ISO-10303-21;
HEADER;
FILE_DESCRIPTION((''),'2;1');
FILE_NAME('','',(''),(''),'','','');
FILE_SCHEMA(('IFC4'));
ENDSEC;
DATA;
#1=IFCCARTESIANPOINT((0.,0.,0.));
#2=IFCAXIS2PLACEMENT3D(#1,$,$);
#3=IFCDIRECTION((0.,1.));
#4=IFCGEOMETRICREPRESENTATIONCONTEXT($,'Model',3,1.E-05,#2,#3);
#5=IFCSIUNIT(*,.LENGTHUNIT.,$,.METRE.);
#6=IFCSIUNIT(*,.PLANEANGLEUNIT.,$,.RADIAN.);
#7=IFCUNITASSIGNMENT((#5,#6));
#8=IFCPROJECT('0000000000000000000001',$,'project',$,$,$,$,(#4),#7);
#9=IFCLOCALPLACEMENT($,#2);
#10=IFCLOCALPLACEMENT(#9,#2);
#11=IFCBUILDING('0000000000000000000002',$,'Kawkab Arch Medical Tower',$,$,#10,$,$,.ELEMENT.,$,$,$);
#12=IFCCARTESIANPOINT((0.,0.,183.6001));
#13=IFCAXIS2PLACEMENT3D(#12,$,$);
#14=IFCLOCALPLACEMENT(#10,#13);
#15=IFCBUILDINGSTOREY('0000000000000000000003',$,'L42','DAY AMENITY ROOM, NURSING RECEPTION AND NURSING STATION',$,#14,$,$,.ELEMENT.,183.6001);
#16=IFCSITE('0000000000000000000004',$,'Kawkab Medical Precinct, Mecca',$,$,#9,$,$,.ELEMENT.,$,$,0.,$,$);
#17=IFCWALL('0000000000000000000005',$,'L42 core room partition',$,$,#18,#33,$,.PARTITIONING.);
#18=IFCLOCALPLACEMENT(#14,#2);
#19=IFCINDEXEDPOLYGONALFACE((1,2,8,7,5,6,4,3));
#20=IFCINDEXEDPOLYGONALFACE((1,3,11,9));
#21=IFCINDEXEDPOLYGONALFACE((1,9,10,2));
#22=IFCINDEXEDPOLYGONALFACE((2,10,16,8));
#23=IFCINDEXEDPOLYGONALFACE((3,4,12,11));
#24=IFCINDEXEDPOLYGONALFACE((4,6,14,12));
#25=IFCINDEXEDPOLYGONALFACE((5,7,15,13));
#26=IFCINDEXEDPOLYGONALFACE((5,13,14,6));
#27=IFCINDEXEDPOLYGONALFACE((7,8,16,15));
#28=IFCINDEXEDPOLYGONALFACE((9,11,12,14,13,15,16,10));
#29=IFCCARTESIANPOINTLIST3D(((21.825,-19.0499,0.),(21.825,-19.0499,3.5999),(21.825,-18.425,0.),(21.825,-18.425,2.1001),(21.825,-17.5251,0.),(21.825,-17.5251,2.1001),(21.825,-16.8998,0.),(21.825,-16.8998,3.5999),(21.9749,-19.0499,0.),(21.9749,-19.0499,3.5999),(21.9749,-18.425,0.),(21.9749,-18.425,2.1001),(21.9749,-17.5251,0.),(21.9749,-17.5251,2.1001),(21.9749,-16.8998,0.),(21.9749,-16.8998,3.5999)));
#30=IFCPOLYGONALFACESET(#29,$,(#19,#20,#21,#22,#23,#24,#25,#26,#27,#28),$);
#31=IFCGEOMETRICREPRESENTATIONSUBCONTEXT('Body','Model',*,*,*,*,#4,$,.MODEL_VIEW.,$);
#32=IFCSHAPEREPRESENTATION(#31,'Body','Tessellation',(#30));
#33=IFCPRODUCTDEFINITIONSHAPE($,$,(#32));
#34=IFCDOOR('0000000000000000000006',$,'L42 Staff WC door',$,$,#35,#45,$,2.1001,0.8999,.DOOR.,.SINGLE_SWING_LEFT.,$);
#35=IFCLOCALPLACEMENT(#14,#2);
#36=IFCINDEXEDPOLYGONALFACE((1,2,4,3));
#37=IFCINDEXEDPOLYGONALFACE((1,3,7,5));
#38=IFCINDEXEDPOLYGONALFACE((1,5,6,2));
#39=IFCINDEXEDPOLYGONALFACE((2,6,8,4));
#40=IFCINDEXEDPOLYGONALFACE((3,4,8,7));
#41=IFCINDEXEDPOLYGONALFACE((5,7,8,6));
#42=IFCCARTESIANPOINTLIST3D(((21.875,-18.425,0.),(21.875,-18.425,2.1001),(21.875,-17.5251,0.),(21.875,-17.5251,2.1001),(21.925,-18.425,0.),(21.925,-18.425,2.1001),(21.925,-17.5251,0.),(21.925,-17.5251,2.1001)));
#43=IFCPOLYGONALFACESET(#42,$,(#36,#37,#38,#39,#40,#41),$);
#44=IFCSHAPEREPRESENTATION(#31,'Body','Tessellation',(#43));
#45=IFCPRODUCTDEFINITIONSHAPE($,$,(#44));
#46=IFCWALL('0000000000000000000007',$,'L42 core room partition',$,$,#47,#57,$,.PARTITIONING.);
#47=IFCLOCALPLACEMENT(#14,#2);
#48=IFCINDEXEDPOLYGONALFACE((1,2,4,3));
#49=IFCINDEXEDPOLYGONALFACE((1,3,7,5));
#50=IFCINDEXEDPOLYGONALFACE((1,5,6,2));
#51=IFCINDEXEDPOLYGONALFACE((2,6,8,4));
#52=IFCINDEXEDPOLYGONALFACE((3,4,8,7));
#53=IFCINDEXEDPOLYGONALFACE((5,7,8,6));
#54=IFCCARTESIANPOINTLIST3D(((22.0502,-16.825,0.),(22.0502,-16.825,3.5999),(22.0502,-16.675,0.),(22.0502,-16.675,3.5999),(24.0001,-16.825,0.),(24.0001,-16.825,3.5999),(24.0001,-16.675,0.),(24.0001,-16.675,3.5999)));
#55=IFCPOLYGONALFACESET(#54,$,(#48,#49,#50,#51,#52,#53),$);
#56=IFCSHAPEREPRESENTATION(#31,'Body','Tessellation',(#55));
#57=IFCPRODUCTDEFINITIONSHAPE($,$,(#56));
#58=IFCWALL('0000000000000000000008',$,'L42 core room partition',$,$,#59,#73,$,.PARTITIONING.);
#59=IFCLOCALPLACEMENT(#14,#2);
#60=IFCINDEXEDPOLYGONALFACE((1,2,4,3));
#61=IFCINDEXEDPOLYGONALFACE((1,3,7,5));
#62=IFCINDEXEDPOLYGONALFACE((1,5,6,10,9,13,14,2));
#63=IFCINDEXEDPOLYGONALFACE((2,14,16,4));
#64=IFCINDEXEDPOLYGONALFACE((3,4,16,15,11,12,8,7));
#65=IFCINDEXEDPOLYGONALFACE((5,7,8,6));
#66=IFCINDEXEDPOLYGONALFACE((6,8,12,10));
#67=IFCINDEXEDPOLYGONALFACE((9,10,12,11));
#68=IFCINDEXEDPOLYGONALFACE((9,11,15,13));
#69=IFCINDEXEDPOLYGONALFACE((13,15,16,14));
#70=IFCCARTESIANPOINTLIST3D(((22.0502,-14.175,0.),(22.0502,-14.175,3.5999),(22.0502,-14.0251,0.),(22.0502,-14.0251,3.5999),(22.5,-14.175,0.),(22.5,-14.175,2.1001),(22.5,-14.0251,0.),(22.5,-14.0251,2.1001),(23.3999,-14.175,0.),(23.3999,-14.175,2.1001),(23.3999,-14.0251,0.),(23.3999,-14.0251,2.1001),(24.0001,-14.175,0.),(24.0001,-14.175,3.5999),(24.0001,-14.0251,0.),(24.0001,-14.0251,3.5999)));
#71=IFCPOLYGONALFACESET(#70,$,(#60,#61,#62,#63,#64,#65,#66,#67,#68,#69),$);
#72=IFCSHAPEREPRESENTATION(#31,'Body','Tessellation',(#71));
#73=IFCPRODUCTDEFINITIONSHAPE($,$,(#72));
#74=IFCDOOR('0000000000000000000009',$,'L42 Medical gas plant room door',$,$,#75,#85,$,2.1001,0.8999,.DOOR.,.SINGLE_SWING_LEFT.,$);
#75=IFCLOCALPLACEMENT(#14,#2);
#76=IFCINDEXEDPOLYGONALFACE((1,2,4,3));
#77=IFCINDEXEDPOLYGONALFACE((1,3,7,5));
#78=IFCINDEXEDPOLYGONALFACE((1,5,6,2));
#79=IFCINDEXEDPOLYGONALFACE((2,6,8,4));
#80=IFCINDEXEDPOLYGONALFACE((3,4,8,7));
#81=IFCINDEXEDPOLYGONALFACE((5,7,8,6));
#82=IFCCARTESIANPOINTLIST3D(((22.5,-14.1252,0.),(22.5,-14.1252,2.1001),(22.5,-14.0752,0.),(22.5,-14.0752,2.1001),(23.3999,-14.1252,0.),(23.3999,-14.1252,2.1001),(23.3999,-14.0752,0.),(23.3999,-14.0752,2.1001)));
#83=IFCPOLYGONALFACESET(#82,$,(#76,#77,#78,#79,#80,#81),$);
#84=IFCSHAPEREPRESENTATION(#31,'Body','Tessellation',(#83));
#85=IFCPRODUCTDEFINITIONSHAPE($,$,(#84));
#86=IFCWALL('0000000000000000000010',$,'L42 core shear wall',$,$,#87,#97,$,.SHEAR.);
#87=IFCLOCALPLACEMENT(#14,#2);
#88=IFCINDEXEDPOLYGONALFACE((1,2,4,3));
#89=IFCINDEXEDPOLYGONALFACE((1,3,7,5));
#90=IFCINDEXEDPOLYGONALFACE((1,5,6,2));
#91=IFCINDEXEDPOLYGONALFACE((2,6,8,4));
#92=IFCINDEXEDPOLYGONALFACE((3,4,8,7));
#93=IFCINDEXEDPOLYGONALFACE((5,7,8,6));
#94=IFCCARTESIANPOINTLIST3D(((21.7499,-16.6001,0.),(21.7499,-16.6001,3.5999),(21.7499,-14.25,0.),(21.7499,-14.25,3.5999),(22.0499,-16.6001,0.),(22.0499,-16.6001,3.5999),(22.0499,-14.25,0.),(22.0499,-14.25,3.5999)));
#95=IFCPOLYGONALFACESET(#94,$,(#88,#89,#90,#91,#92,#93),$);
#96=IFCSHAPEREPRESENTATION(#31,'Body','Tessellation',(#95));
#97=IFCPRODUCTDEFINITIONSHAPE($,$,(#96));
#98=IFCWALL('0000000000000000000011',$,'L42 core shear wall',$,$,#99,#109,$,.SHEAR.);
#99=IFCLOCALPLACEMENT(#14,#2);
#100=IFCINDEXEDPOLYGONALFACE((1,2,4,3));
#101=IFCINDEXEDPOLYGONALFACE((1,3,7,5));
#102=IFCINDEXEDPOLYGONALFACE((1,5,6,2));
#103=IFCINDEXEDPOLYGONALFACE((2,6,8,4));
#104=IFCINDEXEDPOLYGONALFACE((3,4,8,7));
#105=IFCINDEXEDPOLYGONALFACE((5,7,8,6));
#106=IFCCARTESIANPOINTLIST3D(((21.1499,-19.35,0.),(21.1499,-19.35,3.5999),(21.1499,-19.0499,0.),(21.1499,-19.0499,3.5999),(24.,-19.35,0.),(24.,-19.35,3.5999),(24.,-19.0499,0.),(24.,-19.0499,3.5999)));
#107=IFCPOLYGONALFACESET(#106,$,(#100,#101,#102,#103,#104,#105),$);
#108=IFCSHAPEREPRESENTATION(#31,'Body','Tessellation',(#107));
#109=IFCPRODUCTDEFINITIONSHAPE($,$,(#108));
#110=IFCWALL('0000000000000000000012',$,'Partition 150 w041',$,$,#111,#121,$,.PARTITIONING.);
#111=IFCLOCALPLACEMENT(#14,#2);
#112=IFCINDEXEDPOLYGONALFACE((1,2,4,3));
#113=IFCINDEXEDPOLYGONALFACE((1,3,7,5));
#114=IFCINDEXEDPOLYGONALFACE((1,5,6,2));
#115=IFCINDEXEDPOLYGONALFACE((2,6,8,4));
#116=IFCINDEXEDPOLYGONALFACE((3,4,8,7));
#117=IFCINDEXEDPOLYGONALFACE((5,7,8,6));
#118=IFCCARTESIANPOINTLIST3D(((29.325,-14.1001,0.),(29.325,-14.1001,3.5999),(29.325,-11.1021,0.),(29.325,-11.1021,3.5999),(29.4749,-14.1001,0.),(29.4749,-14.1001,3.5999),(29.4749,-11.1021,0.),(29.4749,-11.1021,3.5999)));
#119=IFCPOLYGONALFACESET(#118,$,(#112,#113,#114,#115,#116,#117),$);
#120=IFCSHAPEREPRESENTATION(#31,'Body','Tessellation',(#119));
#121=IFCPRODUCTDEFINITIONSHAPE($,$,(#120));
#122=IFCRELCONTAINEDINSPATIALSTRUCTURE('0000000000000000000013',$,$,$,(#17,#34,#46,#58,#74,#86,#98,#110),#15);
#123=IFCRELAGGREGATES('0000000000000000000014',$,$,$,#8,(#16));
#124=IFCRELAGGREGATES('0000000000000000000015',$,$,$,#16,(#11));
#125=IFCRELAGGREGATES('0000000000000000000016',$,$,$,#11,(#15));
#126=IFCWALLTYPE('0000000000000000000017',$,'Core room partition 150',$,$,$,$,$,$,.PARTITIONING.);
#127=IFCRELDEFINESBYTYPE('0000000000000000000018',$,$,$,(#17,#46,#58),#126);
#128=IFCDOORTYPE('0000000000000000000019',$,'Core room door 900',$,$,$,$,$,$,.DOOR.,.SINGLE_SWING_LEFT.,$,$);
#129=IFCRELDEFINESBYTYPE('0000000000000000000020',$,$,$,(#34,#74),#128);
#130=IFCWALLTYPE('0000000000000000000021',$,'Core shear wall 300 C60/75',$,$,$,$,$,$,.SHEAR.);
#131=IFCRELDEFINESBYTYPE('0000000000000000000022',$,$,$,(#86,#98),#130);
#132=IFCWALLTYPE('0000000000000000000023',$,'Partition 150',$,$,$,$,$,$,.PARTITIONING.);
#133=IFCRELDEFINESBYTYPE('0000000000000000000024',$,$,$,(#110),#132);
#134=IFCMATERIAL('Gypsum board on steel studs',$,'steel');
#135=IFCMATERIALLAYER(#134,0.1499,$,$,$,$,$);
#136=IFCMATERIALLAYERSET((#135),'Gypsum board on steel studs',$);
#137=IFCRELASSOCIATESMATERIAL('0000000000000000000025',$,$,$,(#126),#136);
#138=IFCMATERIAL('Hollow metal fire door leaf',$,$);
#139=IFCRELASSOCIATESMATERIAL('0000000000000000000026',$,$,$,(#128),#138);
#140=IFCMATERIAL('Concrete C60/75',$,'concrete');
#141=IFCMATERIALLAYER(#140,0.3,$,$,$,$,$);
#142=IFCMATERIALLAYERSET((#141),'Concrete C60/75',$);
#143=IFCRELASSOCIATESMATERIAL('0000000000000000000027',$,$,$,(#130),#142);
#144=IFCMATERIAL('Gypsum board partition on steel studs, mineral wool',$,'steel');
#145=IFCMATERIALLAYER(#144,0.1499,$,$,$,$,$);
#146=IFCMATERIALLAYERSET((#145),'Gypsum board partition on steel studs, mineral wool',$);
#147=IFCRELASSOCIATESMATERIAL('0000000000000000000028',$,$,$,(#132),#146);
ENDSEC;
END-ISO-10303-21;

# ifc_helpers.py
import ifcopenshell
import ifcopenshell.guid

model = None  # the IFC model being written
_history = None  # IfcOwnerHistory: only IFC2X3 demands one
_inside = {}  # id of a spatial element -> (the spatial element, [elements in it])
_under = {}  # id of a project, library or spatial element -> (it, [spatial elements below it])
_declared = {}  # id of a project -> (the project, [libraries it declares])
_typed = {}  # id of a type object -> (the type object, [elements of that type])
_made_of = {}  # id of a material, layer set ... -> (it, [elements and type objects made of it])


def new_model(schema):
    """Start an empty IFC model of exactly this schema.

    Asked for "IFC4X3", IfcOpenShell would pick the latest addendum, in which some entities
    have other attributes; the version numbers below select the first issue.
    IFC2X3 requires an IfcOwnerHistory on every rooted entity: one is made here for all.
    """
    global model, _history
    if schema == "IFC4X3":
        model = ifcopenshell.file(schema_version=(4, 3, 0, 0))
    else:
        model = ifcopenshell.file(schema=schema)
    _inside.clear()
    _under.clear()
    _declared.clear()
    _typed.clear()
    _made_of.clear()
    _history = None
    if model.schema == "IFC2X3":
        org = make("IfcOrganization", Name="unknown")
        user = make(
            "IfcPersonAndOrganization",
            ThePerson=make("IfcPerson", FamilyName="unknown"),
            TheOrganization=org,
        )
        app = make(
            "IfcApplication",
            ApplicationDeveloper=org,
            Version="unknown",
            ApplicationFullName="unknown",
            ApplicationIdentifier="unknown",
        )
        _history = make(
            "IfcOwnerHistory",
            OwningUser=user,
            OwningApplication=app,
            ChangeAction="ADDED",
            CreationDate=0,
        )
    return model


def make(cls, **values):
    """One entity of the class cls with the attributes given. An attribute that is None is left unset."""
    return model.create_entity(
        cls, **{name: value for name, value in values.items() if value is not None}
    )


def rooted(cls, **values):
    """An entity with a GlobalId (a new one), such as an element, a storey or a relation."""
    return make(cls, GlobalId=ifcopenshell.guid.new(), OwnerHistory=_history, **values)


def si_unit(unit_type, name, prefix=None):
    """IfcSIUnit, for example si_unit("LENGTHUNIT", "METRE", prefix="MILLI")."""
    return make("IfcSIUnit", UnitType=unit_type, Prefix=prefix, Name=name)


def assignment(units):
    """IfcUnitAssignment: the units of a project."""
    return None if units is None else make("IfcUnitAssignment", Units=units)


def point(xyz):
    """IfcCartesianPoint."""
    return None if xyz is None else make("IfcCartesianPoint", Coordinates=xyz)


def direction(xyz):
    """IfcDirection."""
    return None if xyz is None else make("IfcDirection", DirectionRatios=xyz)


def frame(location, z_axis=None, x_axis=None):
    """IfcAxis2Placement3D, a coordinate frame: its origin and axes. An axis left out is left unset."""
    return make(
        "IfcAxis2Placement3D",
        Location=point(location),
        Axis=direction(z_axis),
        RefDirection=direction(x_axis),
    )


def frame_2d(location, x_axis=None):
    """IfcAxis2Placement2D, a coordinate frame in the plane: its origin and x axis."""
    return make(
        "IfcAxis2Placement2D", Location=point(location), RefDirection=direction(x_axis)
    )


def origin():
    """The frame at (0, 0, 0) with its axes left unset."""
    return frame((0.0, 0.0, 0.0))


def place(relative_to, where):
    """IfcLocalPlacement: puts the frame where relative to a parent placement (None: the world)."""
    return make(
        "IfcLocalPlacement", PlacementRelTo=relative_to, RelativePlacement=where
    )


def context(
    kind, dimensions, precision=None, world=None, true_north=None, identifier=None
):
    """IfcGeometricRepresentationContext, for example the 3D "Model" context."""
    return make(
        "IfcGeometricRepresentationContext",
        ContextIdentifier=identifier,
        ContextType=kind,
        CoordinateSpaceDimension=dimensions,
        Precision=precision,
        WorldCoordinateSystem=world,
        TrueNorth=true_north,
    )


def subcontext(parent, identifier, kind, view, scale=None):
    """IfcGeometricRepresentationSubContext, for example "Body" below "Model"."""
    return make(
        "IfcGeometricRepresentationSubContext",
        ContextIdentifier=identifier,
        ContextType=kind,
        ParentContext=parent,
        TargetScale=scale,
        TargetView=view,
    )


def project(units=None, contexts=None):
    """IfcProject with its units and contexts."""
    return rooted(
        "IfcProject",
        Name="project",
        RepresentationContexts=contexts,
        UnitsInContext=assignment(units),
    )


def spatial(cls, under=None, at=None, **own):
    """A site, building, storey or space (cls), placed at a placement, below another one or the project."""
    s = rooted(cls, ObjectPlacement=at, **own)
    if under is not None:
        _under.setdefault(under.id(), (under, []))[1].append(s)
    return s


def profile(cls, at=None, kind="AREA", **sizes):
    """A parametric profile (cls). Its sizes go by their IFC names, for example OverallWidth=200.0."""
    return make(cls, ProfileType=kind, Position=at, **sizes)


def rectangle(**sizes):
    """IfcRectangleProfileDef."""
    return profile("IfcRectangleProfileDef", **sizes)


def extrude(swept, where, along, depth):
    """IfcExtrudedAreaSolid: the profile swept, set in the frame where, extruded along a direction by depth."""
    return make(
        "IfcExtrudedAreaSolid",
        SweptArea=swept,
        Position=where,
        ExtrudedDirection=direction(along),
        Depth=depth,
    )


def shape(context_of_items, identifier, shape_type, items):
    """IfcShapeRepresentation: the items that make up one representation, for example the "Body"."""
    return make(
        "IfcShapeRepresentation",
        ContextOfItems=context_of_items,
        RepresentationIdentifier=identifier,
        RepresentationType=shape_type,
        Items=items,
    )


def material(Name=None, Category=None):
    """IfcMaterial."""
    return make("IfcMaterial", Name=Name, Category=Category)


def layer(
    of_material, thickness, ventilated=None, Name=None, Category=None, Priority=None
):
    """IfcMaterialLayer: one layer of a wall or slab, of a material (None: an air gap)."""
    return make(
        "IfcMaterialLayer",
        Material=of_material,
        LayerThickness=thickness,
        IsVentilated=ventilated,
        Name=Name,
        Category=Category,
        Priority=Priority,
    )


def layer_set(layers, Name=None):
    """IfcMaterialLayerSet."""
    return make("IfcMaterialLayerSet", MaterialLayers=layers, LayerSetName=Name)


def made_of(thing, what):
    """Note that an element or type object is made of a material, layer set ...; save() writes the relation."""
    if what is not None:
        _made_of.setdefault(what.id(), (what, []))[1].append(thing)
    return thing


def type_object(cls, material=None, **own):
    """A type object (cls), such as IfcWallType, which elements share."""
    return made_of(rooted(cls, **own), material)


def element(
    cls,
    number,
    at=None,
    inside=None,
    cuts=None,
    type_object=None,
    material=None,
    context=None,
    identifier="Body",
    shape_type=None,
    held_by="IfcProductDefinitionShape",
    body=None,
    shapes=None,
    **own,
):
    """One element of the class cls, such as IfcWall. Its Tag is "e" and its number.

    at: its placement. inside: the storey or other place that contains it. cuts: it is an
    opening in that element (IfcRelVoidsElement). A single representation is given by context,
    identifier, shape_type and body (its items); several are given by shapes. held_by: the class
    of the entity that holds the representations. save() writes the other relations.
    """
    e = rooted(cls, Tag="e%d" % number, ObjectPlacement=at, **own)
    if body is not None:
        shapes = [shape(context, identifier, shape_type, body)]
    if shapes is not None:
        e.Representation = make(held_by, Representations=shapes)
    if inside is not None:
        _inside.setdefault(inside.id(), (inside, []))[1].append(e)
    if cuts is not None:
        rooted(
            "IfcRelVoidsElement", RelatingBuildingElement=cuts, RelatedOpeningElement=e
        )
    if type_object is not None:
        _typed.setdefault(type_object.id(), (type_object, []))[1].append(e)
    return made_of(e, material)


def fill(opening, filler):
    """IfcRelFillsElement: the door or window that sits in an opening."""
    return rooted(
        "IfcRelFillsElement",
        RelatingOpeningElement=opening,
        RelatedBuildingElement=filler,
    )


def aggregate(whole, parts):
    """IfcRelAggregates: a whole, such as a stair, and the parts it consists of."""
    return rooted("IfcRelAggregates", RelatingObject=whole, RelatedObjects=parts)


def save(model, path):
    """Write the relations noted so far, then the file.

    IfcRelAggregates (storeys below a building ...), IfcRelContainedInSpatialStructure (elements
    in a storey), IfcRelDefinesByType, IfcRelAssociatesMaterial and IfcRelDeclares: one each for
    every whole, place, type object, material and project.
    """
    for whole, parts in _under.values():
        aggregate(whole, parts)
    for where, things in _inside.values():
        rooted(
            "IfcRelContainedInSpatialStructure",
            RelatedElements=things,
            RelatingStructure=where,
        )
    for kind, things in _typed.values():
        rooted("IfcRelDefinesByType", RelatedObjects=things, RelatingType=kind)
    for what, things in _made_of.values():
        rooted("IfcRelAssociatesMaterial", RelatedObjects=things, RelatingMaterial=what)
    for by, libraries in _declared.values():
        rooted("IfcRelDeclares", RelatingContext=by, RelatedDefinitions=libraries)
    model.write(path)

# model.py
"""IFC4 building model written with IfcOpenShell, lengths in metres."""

from ifc_helpers import new_model, si_unit, direction, frame, frame_2d, origin, place, context, subcontext, project, spatial, rectangle, extrude, material, layer, layer_set, type_object, element, fill, save


model = new_model("IFC4")

# Units and contexts
model_context = context("Model", 3, precision=1e-05, world=origin(), true_north=direction((0.0, 1.0)))
body_context = subcontext(model_context, "Body", "Model", "MODEL_VIEW")
ifc_project = project(units=[si_unit("LENGTHUNIT", "METRE"), si_unit("PLANEANGLEUNIT", "RADIAN")], contexts=[model_context])

# Site, building, storey
site_placement = place(None, origin())
site = spatial("IfcSite", under=ifc_project, at=site_placement, Name="Kawkab Medical Precinct, Mecca", CompositionType="ELEMENT", RefElevation=0.0)
building_placement = place(site_placement, origin())
building = spatial("IfcBuilding", under=site, at=building_placement, Name="Kawkab Arch Medical Tower", CompositionType="ELEMENT")
storey_placement = place(building_placement, frame((0.0, 0.0, 183.6001)))
storey = spatial("IfcBuildingStorey", under=building, at=storey_placement, Name="L42", Description="DAY AMENITY ROOM, NURSING RECEPTION AND NURSING STATION", CompositionType="ELEMENT", Elevation=183.6001)

# Wall, opening, door
ifc_material_1 = material(Name="Gypsum board on steel studs", Category="steel")
ifc_layer_1 = layer(ifc_material_1, 0.1499)
ifc_layer_set_1 = layer_set([ifc_layer_1], Name="Gypsum board on steel studs")
wall_type_1 = type_object("IfcWallType", Name="Core room partition 150", PredefinedType="PARTITIONING", material=ifc_layer_set_1)
wall_1_placement = place(storey_placement, frame((21.8999, -19.05, 0.0), z_axis=(0.0, 0.0, 1.0), x_axis=(0.0, 1.0, 0.0)))
wall_1 = element("IfcWall", 1, at=wall_1_placement, inside=storey, type_object=wall_type_1, Name="L42 core room partition", PredefinedType="PARTITIONING", context=body_context, shape_type="SweptSolid", body=[
    extrude(rectangle(XDim=2.1501, YDim=0.1499, at=frame_2d((1.0752, 0.0))), origin(), (0.0, 0.0, 1.0), 3.5999),
])
opening_1_placement = place(wall_1_placement, frame((0.625, 0.0, 0.0)))
opening_1 = element("IfcOpeningElement", 2, at=opening_1_placement, cuts=wall_1, PredefinedType="OPENING", context=body_context, shape_type="SweptSolid", body=[
    extrude(rectangle(XDim=0.8999, YDim=2.1001, at=frame_2d((0.45, 1.05))), frame((0.0, 0.085, 0.0), z_axis=(0.0, -1.0, 0.0), x_axis=(1.0, 0.0, 0.0)), (0.0, 0.0, 1.0), 0.1699),
])
ifc_material_2 = material(Name="Hollow metal fire door leaf")
door_type_1 = type_object("IfcDoorType", Name="Core room door 900", OperationType="SINGLE_SWING_LEFT", PredefinedType="DOOR", material=ifc_material_2)
door_1_placement = place(opening_1_placement, origin())
door_1 = element("IfcDoor", 3, at=door_1_placement, inside=storey, type_object=door_type_1, Name="L42 Staff WC door", OperationType="SINGLE_SWING_LEFT", OverallHeight=2.1001, OverallWidth=0.8999, PredefinedType="DOOR", context=body_context, shape_type="SweptSolid", body=[
    extrude(rectangle(XDim=0.8999, YDim=2.1001, at=frame_2d((0.45, 1.05))), frame((0.0, 0.0249, 0.0), z_axis=(0.0, -1.0, 0.0), x_axis=(1.0, 0.0, 0.0)), (0.0, 0.0, 1.0), 0.05),
])
fill(opening_1, door_1)

# Wall
wall_2_placement = place(storey_placement, frame((22.05, -16.75, 0.0), z_axis=(0.0, 0.0, 1.0), x_axis=(1.0, 0.0, 0.0)))
element("IfcWall", 4, at=wall_2_placement, inside=storey, type_object=wall_type_1, Name="L42 core room partition", PredefinedType="PARTITIONING", context=body_context, shape_type="SweptSolid", body=[
    extrude(rectangle(XDim=1.95, YDim=0.1499, at=frame_2d((0.9751, 0.0))), origin(), (0.0, 0.0, 1.0), 3.5999),
])

# Wall, opening, door
wall_3_placement = place(storey_placement, frame((22.05, -14.1001, 0.0), z_axis=(0.0, 0.0, 1.0), x_axis=(1.0, 0.0, 0.0)))
wall_3 = element("IfcWall", 5, at=wall_3_placement, inside=storey, type_object=wall_type_1, Name="L42 core room partition", PredefinedType="PARTITIONING", context=body_context, shape_type="SweptSolid", body=[
    extrude(rectangle(XDim=1.95, YDim=0.1499, at=frame_2d((0.9751, 0.0))), origin(), (0.0, 0.0, 1.0), 3.5999),
])
opening_2_placement = place(wall_3_placement, frame((0.45, 0.0, 0.0)))
opening_2 = element("IfcOpeningElement", 6, at=opening_2_placement, cuts=wall_3, PredefinedType="OPENING", context=body_context, shape_type="SweptSolid", body=[
    extrude(rectangle(XDim=0.8999, YDim=2.1001, at=frame_2d((0.45, 1.05))), frame((0.0, 0.085, 0.0), z_axis=(0.0, -1.0, 0.0), x_axis=(1.0, 0.0, 0.0)), (0.0, 0.0, 1.0), 0.1699),
])
door_2_placement = place(opening_2_placement, origin())
door_2 = element("IfcDoor", 7, at=door_2_placement, inside=storey, type_object=door_type_1, Name="L42 Medical gas plant room door", OperationType="SINGLE_SWING_LEFT", OverallHeight=2.1001, OverallWidth=0.8999, PredefinedType="DOOR", context=body_context, shape_type="SweptSolid", body=[
    extrude(rectangle(XDim=0.8999, YDim=2.1001, at=frame_2d((0.45, 1.05))), frame((0.0, 0.0249, 0.0), z_axis=(0.0, -1.0, 0.0), x_axis=(1.0, 0.0, 0.0)), (0.0, 0.0, 1.0), 0.05),
])
fill(opening_2, door_2)

# Walls
ifc_material_3 = material(Name="Concrete C60/75", Category="concrete")
ifc_layer_2 = layer(ifc_material_3, 0.3)
ifc_layer_set_2 = layer_set([ifc_layer_2], Name="Concrete C60/75")
wall_type_2 = type_object("IfcWallType", Name="Core shear wall 300 C60/75", PredefinedType="SHEAR", material=ifc_layer_set_2)
wall_4_placement = place(storey_placement, frame((21.8999, -16.6001, 0.0), z_axis=(0.0, 0.0, 1.0), x_axis=(0.0, 1.0, 0.0)))
element("IfcWall", 8, at=wall_4_placement, inside=storey, type_object=wall_type_2, Name="L42 core shear wall", PredefinedType="SHEAR", context=body_context, shape_type="SweptSolid", body=[
    extrude(rectangle(XDim=2.3501, YDim=0.3, at=frame_2d((1.175, 0.0))), origin(), (0.0, 0.0, 1.0), 3.5999),
])
wall_5_placement = place(storey_placement, frame((21.1499, -19.2, 0.0), z_axis=(0.0, 0.0, 1.0), x_axis=(1.0, 0.0, 0.0)))
element("IfcWall", 9, at=wall_5_placement, inside=storey, type_object=wall_type_2, Name="L42 core shear wall", PredefinedType="SHEAR", context=body_context, shape_type="SweptSolid", body=[
    extrude(rectangle(XDim=2.8501, YDim=0.3, at=frame_2d((1.425, 0.0))), origin(), (0.0, 0.0, 1.0), 3.5999),
])

# Shared definitions
ifc_material_4 = material(Name="Gypsum board partition on steel studs, mineral wool", Category="steel")
ifc_layer_3 = layer(ifc_material_4, 0.1499)
ifc_layer_set_3 = layer_set([ifc_layer_3], Name="Gypsum board partition on steel studs, mineral wool")
wall_type_3 = type_object("IfcWallType", Name="Partition 150", PredefinedType="PARTITIONING", material=ifc_layer_set_3)

# Wall
wall_6_placement = place(storey_placement, frame((29.3999, -14.1001, 0.0), z_axis=(0.0, 0.0, 1.0), x_axis=(0.0, 1.0, 0.0)))
element("IfcWall", 10, at=wall_6_placement, inside=storey, type_object=wall_type_3, Name="Partition 150 w041", PredefinedType="PARTITIONING", context=body_context, shape_type="SweptSolid", body=[
    extrude(rectangle(XDim=2.998, YDim=0.1499, at=frame_2d((1.499, 0.0))), origin(), (0.0, 0.0, 1.0), 3.5999),
])

save(model, "model.ifc")
